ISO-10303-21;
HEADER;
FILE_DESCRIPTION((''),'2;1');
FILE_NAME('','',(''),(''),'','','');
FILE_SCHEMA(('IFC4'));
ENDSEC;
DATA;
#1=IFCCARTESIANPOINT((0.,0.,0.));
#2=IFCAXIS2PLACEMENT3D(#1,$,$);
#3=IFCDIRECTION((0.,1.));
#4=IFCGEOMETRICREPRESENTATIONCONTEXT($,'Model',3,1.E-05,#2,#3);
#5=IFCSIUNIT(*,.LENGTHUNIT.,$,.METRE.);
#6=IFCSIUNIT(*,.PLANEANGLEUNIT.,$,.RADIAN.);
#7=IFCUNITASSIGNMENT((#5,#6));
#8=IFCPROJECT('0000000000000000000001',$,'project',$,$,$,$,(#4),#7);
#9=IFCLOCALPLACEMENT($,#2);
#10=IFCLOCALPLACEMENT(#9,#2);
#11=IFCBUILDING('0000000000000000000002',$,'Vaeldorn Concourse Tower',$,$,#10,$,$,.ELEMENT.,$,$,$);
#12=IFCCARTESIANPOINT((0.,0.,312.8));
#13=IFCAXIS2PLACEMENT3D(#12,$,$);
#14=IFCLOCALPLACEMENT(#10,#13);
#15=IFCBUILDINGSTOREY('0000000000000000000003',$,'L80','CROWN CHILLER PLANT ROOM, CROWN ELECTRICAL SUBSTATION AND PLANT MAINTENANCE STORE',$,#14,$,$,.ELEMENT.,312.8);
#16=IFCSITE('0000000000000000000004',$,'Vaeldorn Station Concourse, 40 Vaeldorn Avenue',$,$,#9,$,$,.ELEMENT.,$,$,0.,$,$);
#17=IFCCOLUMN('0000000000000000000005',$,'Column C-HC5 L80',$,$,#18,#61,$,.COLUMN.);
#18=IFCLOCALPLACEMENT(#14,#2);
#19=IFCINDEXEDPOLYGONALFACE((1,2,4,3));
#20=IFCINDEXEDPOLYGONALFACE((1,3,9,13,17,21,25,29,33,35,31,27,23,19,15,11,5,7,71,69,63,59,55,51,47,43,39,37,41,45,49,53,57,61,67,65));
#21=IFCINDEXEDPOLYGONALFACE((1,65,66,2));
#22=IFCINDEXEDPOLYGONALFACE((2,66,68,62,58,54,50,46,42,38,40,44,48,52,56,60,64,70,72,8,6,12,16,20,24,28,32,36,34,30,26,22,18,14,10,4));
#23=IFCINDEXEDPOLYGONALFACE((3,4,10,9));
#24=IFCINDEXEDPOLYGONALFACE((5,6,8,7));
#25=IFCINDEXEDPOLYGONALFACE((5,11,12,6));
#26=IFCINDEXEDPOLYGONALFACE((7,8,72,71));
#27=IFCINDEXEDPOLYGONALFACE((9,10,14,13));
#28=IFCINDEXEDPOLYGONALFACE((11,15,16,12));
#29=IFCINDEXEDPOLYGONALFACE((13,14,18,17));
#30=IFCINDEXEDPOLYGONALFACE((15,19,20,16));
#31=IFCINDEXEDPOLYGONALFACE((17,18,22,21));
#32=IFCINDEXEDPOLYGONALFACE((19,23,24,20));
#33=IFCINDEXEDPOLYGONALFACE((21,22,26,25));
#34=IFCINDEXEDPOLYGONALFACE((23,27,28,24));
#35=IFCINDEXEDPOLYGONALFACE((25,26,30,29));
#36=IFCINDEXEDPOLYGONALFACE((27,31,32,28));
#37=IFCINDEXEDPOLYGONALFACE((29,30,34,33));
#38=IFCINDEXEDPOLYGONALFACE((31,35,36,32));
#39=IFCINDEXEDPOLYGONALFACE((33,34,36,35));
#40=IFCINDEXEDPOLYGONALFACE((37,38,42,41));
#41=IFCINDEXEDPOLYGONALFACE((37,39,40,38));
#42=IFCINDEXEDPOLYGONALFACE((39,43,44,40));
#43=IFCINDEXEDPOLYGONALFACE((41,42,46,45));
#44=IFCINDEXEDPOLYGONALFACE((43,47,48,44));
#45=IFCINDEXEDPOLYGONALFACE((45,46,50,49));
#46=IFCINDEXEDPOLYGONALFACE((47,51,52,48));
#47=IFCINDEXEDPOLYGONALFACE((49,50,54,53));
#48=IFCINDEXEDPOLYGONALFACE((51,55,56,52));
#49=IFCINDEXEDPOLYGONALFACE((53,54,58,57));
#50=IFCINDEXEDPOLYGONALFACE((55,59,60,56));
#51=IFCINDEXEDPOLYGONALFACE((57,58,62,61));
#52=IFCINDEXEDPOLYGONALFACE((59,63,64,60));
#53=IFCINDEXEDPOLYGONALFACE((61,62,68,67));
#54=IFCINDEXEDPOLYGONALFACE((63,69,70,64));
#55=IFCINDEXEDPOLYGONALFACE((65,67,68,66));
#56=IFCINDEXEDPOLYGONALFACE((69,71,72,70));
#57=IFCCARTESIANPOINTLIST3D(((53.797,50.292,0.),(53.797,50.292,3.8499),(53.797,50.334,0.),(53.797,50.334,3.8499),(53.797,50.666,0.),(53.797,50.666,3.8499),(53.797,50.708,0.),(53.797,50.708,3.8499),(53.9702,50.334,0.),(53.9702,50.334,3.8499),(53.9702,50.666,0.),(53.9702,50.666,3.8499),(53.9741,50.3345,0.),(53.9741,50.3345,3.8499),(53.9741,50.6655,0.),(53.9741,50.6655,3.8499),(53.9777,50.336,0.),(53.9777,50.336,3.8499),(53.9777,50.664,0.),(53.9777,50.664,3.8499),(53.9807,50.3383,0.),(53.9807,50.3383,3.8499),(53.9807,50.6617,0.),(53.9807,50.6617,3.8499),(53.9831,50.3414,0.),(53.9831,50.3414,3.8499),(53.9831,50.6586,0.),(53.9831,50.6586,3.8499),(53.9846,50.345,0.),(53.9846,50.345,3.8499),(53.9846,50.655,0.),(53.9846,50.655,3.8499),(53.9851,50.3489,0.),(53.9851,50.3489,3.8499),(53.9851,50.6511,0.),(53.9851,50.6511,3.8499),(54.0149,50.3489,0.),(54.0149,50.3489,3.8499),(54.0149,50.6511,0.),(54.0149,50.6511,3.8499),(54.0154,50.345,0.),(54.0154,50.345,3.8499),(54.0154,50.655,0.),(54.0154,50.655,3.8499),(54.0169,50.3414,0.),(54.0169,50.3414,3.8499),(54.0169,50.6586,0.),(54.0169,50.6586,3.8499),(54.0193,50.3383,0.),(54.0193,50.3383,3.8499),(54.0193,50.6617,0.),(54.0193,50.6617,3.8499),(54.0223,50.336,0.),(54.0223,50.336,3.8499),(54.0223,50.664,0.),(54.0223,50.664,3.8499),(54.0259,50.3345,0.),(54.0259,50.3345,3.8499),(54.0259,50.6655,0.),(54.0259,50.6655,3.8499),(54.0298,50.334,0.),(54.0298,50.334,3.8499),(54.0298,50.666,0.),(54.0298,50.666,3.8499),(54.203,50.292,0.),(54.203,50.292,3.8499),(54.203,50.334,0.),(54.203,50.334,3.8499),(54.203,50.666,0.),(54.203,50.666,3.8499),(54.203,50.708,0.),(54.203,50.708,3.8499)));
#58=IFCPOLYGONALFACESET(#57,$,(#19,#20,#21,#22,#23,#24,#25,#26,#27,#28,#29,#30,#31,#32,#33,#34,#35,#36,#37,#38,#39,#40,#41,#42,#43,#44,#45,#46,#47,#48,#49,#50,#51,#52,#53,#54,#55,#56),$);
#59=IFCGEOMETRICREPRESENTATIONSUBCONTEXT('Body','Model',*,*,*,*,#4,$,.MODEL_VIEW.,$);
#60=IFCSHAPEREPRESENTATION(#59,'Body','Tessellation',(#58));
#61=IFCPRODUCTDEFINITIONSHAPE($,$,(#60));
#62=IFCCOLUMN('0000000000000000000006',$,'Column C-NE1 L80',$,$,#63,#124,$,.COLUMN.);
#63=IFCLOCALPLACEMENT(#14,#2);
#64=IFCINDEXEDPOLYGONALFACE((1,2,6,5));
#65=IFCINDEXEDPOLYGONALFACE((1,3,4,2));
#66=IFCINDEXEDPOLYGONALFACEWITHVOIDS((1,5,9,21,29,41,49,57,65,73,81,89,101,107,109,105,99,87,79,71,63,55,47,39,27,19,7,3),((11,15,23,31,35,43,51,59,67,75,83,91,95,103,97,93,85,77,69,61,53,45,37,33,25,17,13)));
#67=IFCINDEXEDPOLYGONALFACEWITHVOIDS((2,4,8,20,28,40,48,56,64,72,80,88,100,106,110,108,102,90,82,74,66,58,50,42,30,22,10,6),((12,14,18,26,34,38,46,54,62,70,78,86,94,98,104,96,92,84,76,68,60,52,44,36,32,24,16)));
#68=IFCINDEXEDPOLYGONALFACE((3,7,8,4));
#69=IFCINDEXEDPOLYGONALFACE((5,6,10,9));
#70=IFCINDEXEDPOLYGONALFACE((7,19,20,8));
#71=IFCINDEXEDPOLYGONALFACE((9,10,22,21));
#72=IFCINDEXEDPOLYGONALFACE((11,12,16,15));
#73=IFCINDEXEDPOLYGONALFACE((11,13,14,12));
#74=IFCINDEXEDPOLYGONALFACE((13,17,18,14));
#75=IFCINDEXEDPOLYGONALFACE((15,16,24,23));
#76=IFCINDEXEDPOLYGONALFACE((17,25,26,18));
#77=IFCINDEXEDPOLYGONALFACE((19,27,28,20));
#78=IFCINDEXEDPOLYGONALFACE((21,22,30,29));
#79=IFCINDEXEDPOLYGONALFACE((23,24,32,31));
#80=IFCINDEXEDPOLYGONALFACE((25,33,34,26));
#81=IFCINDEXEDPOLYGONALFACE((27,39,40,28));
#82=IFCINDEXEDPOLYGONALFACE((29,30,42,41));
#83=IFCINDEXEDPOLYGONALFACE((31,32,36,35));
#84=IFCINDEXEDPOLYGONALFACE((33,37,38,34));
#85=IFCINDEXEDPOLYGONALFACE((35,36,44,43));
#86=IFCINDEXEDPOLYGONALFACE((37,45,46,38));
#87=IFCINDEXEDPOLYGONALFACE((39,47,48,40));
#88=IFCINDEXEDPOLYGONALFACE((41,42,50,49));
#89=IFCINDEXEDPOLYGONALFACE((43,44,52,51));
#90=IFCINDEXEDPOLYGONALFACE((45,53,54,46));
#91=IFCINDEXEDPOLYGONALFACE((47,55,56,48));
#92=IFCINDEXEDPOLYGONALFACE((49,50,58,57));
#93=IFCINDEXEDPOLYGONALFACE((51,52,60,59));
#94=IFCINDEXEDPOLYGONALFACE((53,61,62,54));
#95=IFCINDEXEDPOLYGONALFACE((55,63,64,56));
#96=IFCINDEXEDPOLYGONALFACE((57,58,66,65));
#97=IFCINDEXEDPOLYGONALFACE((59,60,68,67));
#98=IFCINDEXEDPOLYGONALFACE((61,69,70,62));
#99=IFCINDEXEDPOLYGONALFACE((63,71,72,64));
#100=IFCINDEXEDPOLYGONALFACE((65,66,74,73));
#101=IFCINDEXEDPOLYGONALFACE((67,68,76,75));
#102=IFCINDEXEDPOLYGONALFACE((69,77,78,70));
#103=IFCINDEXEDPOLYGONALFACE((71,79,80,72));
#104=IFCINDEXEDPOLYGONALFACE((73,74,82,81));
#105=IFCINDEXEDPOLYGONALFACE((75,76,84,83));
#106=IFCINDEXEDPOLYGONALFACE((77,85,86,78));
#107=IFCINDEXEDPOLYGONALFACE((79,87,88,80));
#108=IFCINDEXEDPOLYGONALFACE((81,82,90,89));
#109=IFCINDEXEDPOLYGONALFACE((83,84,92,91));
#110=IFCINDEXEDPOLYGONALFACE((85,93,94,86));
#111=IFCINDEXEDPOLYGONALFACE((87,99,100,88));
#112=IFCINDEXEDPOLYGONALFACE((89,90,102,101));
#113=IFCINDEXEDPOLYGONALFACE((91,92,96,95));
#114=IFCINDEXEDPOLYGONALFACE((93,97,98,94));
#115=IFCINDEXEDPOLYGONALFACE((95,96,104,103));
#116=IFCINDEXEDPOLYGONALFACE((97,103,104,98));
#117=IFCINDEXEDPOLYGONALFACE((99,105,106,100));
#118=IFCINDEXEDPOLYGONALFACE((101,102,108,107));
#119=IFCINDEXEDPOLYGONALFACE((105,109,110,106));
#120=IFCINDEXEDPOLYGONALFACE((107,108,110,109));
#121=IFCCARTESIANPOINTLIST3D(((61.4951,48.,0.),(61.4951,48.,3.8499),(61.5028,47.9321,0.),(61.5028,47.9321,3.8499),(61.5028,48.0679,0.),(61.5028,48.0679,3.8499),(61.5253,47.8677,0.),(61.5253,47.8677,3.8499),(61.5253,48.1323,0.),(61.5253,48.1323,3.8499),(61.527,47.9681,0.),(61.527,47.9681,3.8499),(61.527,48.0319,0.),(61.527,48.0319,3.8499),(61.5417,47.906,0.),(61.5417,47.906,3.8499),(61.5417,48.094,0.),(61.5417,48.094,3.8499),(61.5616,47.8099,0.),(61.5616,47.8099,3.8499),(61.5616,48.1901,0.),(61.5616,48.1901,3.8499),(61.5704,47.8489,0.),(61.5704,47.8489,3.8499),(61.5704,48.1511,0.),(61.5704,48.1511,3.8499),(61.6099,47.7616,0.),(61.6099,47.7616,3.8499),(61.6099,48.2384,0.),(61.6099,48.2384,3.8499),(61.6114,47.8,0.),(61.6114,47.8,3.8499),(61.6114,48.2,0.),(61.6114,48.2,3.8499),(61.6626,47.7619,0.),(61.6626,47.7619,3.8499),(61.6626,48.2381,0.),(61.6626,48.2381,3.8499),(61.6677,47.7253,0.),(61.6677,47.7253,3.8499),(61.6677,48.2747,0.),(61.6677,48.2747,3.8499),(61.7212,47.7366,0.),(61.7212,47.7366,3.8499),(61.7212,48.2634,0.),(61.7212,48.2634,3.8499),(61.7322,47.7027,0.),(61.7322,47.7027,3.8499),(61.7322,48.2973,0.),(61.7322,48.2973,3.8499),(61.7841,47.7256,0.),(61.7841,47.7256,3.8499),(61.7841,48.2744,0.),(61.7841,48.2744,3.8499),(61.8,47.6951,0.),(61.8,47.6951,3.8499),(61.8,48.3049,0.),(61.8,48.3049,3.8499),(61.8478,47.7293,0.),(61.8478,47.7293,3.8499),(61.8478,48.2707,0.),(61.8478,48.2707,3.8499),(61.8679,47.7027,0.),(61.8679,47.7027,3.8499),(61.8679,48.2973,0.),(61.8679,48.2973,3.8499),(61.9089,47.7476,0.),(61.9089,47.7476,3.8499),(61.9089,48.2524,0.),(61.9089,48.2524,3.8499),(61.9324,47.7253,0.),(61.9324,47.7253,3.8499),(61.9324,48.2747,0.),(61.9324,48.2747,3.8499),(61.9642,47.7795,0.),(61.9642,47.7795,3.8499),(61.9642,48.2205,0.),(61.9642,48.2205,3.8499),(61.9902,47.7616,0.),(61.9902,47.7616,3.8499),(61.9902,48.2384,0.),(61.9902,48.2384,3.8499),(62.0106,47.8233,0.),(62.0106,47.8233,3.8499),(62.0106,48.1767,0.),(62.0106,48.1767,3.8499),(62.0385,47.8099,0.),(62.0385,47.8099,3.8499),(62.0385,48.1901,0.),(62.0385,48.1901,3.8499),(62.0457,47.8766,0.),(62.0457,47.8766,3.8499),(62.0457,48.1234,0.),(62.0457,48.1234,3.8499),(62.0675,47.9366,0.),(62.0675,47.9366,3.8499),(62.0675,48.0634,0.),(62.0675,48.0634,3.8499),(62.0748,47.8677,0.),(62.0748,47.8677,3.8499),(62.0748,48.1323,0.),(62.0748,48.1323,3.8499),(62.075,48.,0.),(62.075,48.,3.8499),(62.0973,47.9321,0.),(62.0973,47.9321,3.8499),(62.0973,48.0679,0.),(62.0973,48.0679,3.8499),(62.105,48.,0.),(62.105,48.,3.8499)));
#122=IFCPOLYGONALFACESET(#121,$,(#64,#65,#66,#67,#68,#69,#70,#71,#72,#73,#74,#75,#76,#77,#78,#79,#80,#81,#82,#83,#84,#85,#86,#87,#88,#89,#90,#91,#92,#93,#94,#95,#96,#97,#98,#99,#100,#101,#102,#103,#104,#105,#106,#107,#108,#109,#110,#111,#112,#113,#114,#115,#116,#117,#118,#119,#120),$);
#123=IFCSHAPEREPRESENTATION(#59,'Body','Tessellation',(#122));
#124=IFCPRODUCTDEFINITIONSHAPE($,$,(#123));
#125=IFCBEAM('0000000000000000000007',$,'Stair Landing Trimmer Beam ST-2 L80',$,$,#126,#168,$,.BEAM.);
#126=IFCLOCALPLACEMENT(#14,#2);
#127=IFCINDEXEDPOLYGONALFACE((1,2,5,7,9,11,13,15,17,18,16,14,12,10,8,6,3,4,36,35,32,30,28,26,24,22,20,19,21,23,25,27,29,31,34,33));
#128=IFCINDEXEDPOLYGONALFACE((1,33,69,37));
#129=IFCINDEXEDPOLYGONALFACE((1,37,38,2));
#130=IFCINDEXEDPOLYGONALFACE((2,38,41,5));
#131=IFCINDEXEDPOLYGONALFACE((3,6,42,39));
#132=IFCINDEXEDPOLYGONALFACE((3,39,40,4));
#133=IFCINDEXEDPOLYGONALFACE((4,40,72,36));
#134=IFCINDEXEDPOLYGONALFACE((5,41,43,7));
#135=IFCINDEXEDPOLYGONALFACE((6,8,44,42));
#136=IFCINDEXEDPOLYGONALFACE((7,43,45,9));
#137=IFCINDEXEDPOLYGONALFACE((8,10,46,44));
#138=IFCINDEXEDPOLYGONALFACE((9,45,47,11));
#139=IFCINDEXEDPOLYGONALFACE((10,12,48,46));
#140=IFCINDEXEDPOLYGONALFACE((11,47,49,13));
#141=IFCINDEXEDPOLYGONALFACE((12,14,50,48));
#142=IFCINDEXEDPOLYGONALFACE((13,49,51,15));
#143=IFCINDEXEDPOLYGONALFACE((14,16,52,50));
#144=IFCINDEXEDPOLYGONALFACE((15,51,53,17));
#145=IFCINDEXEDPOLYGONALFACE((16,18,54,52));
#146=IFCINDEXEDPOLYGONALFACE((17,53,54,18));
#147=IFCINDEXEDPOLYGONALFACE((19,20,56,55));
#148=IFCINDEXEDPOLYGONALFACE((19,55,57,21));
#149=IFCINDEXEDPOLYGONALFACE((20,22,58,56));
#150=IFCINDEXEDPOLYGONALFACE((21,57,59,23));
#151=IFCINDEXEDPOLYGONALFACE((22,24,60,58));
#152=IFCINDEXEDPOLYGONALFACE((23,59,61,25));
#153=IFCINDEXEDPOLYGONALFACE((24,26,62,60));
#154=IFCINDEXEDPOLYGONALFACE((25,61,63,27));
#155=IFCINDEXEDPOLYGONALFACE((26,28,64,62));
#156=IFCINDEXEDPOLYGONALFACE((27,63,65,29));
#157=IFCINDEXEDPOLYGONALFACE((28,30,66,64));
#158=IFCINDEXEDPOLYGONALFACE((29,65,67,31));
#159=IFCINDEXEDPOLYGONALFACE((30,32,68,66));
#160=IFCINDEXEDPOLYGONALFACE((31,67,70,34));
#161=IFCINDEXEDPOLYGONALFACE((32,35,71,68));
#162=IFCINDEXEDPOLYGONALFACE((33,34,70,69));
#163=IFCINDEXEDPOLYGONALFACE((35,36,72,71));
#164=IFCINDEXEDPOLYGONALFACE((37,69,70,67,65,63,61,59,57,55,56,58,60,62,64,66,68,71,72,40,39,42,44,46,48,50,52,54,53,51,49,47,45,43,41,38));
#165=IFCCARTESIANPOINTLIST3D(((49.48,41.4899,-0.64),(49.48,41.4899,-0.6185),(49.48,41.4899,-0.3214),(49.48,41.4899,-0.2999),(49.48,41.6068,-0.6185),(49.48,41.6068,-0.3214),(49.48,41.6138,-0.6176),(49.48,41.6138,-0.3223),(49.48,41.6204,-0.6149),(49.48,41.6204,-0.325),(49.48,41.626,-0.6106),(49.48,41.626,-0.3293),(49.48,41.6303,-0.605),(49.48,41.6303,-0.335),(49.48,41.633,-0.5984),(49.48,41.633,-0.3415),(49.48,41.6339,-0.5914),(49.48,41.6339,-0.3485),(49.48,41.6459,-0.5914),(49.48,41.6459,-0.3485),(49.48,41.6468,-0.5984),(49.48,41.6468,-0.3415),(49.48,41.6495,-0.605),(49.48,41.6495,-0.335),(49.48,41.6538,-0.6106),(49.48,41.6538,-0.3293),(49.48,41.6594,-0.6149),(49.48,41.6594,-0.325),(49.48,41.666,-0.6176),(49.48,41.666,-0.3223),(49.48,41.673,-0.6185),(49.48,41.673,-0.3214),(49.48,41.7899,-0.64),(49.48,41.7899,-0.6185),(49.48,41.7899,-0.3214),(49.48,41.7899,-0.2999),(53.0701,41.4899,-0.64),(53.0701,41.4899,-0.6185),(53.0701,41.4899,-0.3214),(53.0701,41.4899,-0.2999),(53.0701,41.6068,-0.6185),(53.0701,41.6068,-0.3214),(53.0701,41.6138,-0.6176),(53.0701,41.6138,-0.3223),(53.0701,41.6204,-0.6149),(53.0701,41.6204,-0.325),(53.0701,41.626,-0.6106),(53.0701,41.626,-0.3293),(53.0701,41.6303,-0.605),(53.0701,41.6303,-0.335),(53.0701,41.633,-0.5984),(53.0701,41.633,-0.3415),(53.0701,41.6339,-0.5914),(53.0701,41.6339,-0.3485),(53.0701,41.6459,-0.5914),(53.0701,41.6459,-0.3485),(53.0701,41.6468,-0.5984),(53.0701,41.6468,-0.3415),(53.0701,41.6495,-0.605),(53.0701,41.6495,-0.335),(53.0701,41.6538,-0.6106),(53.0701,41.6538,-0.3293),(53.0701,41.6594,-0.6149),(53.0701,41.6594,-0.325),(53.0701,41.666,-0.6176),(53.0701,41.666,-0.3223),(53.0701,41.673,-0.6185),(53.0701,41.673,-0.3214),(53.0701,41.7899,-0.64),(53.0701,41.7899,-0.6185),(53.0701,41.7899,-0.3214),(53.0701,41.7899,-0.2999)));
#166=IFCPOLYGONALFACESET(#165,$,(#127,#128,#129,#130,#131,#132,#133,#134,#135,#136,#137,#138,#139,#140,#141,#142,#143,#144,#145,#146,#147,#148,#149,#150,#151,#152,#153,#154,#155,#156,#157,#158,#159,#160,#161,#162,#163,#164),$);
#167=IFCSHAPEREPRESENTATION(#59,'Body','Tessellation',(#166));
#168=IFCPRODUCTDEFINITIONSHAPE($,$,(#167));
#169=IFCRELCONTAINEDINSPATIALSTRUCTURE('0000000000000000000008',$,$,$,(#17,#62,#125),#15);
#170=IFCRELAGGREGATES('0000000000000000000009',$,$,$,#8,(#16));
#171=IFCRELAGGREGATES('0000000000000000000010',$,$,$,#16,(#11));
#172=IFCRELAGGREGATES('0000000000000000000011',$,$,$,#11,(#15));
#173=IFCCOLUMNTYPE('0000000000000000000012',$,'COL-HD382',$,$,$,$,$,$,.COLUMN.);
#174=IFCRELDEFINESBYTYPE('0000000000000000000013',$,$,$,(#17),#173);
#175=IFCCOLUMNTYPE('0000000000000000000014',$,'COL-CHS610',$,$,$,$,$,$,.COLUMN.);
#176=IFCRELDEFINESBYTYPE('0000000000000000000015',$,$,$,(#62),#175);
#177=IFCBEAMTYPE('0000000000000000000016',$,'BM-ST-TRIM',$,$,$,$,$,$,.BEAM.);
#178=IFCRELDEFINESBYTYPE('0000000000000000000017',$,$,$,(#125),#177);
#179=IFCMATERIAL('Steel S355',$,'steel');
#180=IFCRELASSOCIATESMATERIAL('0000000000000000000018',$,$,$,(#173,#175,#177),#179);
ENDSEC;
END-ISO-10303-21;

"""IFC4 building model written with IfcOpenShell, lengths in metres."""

from ifc_helpers import new_model, si_unit, direction, frame, origin, origin_2d, place, context, subcontext, project, spatial, hollow_circle, i_section, extrude, source, transform, mapped, material, material_profile, profile_set, type_object, element, save


model = new_model("IFC4")

# Units and contexts
model_context = context("Model", 3, precision=1e-05, world=origin(), true_north=direction((0.0, 1.0)))
body_context = subcontext(model_context, "Body", "Model", "MODEL_VIEW")
ifc_project = project(units=[si_unit("LENGTHUNIT", "METRE"), si_unit("PLANEANGLEUNIT", "RADIAN")], contexts=[model_context])

# Site, building, storey
site_placement = place(None, origin())
site = spatial("IfcSite", under=ifc_project, at=site_placement, Name="Vaeldorn Station Concourse, 40 Vaeldorn Avenue", CompositionType="ELEMENT", RefElevation=0.0)
building_placement = place(site_placement, origin())
building = spatial("IfcBuilding", under=site, at=building_placement, Name="Vaeldorn Concourse Tower", CompositionType="ELEMENT")
storey_placement = place(building_placement, frame((0.0, 0.0, 312.8)))
storey = spatial("IfcBuildingStorey", under=building, at=storey_placement, Name="L80", Description="CROWN CHILLER PLANT ROOM, CROWN ELECTRICAL SUBSTATION AND PLANT MAINTENANCE STORE", CompositionType="ELEMENT", Elevation=312.8)

# Columns
ifc_material_1 = material(Name="Steel S355", Category="steel")
ifc_material_profile_1 = material_profile(ifc_material_1, i_section(OverallWidth=0.406, OverallDepth=0.416, WebThickness=0.0298, FlangeThickness=0.042, FilletRadius=0.0149, at=origin_2d()), Name="HD 400x382")
ifc_profile_set_1 = profile_set([ifc_material_profile_1], Name="Steel S355")
column_type_1 = type_object("IfcColumnType", Name="COL-HD382", PredefinedType="COLUMN", material=ifc_profile_set_1)
shared_shape_1 = source(origin(), body_context, "Body", "SweptSolid", [
    extrude(i_section(OverallWidth=0.406, OverallDepth=0.416, WebThickness=0.0298, FlangeThickness=0.042, FilletRadius=0.0149, at=origin_2d()), origin(), (0.0, 0.0, 1.0), 3.8499),
])
column_1_placement = place(storey_placement, frame((54.0, 50.5, 0.0), z_axis=(0.0, 0.0, 1.0), x_axis=(1.0, 0.0, 0.0)))
element("IfcColumn", 1, at=column_1_placement, inside=storey, type_object=column_type_1, Name="Column C-HC5 L80", PredefinedType="COLUMN", context=body_context, shape_type="MappedRepresentation", body=[
    mapped(shared_shape_1, transform((0.0, 0.0, 0.0), scale=1.0)),
])
ifc_material_profile_2 = material_profile(ifc_material_1, hollow_circle(Radius=0.3049, WallThickness=0.03, at=origin_2d()), Name="CHS 610x30")
ifc_profile_set_2 = profile_set([ifc_material_profile_2], Name="Steel S355")
column_type_2 = type_object("IfcColumnType", Name="COL-CHS610", PredefinedType="COLUMN", material=ifc_profile_set_2)
shared_shape_2 = source(origin(), body_context, "Body", "SweptSolid", [
    extrude(hollow_circle(Radius=0.3049, WallThickness=0.03, at=origin_2d()), origin(), (0.0, 0.0, 1.0), 3.8499),
])
column_2_placement = place(storey_placement, frame((61.8, 48.0, 0.0), z_axis=(0.0, 0.0, 1.0), x_axis=(1.0, 0.0, 0.0)))
element("IfcColumn", 2, at=column_2_placement, inside=storey, type_object=column_type_2, Name="Column C-NE1 L80", PredefinedType="COLUMN", context=body_context, shape_type="MappedRepresentation", body=[
    mapped(shared_shape_2, transform((0.0, 0.0, 0.0), scale=1.0)),
])

# Beam
ifc_material_profile_3 = material_profile(ifc_material_1, i_section(OverallWidth=0.3, OverallDepth=0.3401, WebThickness=0.012, FlangeThickness=0.0215, FilletRadius=0.0271, at=origin_2d()), Name="HEB 340")
ifc_profile_set_3 = profile_set([ifc_material_profile_3], Name="Steel S355")
beam_type_1 = type_object("IfcBeamType", Name="BM-ST-TRIM", PredefinedType="BEAM", material=ifc_profile_set_3)
shared_shape_3 = source(origin(), body_context, "Body", "SweptSolid", [
    extrude(i_section(OverallWidth=0.3, OverallDepth=0.3401, WebThickness=0.012, FlangeThickness=0.0215, FilletRadius=0.0271, at=origin_2d()), origin(), (0.0, 0.0, 1.0), 3.5901),
])
beam_1_placement = place(storey_placement, frame((49.48, 41.6399, -0.47), z_axis=(1.0, 0.0, 0.0), x_axis=(0.0, 1.0, 0.0)))
element("IfcBeam", 3, at=beam_1_placement, inside=storey, type_object=beam_type_1, Name="Stair Landing Trimmer Beam ST-2 L80", PredefinedType="BEAM", context=body_context, shape_type="MappedRepresentation", body=[
    mapped(shared_shape_3, transform((0.0, 0.0, 0.0), scale=1.0)),
])

save(model, "model.ifc")
